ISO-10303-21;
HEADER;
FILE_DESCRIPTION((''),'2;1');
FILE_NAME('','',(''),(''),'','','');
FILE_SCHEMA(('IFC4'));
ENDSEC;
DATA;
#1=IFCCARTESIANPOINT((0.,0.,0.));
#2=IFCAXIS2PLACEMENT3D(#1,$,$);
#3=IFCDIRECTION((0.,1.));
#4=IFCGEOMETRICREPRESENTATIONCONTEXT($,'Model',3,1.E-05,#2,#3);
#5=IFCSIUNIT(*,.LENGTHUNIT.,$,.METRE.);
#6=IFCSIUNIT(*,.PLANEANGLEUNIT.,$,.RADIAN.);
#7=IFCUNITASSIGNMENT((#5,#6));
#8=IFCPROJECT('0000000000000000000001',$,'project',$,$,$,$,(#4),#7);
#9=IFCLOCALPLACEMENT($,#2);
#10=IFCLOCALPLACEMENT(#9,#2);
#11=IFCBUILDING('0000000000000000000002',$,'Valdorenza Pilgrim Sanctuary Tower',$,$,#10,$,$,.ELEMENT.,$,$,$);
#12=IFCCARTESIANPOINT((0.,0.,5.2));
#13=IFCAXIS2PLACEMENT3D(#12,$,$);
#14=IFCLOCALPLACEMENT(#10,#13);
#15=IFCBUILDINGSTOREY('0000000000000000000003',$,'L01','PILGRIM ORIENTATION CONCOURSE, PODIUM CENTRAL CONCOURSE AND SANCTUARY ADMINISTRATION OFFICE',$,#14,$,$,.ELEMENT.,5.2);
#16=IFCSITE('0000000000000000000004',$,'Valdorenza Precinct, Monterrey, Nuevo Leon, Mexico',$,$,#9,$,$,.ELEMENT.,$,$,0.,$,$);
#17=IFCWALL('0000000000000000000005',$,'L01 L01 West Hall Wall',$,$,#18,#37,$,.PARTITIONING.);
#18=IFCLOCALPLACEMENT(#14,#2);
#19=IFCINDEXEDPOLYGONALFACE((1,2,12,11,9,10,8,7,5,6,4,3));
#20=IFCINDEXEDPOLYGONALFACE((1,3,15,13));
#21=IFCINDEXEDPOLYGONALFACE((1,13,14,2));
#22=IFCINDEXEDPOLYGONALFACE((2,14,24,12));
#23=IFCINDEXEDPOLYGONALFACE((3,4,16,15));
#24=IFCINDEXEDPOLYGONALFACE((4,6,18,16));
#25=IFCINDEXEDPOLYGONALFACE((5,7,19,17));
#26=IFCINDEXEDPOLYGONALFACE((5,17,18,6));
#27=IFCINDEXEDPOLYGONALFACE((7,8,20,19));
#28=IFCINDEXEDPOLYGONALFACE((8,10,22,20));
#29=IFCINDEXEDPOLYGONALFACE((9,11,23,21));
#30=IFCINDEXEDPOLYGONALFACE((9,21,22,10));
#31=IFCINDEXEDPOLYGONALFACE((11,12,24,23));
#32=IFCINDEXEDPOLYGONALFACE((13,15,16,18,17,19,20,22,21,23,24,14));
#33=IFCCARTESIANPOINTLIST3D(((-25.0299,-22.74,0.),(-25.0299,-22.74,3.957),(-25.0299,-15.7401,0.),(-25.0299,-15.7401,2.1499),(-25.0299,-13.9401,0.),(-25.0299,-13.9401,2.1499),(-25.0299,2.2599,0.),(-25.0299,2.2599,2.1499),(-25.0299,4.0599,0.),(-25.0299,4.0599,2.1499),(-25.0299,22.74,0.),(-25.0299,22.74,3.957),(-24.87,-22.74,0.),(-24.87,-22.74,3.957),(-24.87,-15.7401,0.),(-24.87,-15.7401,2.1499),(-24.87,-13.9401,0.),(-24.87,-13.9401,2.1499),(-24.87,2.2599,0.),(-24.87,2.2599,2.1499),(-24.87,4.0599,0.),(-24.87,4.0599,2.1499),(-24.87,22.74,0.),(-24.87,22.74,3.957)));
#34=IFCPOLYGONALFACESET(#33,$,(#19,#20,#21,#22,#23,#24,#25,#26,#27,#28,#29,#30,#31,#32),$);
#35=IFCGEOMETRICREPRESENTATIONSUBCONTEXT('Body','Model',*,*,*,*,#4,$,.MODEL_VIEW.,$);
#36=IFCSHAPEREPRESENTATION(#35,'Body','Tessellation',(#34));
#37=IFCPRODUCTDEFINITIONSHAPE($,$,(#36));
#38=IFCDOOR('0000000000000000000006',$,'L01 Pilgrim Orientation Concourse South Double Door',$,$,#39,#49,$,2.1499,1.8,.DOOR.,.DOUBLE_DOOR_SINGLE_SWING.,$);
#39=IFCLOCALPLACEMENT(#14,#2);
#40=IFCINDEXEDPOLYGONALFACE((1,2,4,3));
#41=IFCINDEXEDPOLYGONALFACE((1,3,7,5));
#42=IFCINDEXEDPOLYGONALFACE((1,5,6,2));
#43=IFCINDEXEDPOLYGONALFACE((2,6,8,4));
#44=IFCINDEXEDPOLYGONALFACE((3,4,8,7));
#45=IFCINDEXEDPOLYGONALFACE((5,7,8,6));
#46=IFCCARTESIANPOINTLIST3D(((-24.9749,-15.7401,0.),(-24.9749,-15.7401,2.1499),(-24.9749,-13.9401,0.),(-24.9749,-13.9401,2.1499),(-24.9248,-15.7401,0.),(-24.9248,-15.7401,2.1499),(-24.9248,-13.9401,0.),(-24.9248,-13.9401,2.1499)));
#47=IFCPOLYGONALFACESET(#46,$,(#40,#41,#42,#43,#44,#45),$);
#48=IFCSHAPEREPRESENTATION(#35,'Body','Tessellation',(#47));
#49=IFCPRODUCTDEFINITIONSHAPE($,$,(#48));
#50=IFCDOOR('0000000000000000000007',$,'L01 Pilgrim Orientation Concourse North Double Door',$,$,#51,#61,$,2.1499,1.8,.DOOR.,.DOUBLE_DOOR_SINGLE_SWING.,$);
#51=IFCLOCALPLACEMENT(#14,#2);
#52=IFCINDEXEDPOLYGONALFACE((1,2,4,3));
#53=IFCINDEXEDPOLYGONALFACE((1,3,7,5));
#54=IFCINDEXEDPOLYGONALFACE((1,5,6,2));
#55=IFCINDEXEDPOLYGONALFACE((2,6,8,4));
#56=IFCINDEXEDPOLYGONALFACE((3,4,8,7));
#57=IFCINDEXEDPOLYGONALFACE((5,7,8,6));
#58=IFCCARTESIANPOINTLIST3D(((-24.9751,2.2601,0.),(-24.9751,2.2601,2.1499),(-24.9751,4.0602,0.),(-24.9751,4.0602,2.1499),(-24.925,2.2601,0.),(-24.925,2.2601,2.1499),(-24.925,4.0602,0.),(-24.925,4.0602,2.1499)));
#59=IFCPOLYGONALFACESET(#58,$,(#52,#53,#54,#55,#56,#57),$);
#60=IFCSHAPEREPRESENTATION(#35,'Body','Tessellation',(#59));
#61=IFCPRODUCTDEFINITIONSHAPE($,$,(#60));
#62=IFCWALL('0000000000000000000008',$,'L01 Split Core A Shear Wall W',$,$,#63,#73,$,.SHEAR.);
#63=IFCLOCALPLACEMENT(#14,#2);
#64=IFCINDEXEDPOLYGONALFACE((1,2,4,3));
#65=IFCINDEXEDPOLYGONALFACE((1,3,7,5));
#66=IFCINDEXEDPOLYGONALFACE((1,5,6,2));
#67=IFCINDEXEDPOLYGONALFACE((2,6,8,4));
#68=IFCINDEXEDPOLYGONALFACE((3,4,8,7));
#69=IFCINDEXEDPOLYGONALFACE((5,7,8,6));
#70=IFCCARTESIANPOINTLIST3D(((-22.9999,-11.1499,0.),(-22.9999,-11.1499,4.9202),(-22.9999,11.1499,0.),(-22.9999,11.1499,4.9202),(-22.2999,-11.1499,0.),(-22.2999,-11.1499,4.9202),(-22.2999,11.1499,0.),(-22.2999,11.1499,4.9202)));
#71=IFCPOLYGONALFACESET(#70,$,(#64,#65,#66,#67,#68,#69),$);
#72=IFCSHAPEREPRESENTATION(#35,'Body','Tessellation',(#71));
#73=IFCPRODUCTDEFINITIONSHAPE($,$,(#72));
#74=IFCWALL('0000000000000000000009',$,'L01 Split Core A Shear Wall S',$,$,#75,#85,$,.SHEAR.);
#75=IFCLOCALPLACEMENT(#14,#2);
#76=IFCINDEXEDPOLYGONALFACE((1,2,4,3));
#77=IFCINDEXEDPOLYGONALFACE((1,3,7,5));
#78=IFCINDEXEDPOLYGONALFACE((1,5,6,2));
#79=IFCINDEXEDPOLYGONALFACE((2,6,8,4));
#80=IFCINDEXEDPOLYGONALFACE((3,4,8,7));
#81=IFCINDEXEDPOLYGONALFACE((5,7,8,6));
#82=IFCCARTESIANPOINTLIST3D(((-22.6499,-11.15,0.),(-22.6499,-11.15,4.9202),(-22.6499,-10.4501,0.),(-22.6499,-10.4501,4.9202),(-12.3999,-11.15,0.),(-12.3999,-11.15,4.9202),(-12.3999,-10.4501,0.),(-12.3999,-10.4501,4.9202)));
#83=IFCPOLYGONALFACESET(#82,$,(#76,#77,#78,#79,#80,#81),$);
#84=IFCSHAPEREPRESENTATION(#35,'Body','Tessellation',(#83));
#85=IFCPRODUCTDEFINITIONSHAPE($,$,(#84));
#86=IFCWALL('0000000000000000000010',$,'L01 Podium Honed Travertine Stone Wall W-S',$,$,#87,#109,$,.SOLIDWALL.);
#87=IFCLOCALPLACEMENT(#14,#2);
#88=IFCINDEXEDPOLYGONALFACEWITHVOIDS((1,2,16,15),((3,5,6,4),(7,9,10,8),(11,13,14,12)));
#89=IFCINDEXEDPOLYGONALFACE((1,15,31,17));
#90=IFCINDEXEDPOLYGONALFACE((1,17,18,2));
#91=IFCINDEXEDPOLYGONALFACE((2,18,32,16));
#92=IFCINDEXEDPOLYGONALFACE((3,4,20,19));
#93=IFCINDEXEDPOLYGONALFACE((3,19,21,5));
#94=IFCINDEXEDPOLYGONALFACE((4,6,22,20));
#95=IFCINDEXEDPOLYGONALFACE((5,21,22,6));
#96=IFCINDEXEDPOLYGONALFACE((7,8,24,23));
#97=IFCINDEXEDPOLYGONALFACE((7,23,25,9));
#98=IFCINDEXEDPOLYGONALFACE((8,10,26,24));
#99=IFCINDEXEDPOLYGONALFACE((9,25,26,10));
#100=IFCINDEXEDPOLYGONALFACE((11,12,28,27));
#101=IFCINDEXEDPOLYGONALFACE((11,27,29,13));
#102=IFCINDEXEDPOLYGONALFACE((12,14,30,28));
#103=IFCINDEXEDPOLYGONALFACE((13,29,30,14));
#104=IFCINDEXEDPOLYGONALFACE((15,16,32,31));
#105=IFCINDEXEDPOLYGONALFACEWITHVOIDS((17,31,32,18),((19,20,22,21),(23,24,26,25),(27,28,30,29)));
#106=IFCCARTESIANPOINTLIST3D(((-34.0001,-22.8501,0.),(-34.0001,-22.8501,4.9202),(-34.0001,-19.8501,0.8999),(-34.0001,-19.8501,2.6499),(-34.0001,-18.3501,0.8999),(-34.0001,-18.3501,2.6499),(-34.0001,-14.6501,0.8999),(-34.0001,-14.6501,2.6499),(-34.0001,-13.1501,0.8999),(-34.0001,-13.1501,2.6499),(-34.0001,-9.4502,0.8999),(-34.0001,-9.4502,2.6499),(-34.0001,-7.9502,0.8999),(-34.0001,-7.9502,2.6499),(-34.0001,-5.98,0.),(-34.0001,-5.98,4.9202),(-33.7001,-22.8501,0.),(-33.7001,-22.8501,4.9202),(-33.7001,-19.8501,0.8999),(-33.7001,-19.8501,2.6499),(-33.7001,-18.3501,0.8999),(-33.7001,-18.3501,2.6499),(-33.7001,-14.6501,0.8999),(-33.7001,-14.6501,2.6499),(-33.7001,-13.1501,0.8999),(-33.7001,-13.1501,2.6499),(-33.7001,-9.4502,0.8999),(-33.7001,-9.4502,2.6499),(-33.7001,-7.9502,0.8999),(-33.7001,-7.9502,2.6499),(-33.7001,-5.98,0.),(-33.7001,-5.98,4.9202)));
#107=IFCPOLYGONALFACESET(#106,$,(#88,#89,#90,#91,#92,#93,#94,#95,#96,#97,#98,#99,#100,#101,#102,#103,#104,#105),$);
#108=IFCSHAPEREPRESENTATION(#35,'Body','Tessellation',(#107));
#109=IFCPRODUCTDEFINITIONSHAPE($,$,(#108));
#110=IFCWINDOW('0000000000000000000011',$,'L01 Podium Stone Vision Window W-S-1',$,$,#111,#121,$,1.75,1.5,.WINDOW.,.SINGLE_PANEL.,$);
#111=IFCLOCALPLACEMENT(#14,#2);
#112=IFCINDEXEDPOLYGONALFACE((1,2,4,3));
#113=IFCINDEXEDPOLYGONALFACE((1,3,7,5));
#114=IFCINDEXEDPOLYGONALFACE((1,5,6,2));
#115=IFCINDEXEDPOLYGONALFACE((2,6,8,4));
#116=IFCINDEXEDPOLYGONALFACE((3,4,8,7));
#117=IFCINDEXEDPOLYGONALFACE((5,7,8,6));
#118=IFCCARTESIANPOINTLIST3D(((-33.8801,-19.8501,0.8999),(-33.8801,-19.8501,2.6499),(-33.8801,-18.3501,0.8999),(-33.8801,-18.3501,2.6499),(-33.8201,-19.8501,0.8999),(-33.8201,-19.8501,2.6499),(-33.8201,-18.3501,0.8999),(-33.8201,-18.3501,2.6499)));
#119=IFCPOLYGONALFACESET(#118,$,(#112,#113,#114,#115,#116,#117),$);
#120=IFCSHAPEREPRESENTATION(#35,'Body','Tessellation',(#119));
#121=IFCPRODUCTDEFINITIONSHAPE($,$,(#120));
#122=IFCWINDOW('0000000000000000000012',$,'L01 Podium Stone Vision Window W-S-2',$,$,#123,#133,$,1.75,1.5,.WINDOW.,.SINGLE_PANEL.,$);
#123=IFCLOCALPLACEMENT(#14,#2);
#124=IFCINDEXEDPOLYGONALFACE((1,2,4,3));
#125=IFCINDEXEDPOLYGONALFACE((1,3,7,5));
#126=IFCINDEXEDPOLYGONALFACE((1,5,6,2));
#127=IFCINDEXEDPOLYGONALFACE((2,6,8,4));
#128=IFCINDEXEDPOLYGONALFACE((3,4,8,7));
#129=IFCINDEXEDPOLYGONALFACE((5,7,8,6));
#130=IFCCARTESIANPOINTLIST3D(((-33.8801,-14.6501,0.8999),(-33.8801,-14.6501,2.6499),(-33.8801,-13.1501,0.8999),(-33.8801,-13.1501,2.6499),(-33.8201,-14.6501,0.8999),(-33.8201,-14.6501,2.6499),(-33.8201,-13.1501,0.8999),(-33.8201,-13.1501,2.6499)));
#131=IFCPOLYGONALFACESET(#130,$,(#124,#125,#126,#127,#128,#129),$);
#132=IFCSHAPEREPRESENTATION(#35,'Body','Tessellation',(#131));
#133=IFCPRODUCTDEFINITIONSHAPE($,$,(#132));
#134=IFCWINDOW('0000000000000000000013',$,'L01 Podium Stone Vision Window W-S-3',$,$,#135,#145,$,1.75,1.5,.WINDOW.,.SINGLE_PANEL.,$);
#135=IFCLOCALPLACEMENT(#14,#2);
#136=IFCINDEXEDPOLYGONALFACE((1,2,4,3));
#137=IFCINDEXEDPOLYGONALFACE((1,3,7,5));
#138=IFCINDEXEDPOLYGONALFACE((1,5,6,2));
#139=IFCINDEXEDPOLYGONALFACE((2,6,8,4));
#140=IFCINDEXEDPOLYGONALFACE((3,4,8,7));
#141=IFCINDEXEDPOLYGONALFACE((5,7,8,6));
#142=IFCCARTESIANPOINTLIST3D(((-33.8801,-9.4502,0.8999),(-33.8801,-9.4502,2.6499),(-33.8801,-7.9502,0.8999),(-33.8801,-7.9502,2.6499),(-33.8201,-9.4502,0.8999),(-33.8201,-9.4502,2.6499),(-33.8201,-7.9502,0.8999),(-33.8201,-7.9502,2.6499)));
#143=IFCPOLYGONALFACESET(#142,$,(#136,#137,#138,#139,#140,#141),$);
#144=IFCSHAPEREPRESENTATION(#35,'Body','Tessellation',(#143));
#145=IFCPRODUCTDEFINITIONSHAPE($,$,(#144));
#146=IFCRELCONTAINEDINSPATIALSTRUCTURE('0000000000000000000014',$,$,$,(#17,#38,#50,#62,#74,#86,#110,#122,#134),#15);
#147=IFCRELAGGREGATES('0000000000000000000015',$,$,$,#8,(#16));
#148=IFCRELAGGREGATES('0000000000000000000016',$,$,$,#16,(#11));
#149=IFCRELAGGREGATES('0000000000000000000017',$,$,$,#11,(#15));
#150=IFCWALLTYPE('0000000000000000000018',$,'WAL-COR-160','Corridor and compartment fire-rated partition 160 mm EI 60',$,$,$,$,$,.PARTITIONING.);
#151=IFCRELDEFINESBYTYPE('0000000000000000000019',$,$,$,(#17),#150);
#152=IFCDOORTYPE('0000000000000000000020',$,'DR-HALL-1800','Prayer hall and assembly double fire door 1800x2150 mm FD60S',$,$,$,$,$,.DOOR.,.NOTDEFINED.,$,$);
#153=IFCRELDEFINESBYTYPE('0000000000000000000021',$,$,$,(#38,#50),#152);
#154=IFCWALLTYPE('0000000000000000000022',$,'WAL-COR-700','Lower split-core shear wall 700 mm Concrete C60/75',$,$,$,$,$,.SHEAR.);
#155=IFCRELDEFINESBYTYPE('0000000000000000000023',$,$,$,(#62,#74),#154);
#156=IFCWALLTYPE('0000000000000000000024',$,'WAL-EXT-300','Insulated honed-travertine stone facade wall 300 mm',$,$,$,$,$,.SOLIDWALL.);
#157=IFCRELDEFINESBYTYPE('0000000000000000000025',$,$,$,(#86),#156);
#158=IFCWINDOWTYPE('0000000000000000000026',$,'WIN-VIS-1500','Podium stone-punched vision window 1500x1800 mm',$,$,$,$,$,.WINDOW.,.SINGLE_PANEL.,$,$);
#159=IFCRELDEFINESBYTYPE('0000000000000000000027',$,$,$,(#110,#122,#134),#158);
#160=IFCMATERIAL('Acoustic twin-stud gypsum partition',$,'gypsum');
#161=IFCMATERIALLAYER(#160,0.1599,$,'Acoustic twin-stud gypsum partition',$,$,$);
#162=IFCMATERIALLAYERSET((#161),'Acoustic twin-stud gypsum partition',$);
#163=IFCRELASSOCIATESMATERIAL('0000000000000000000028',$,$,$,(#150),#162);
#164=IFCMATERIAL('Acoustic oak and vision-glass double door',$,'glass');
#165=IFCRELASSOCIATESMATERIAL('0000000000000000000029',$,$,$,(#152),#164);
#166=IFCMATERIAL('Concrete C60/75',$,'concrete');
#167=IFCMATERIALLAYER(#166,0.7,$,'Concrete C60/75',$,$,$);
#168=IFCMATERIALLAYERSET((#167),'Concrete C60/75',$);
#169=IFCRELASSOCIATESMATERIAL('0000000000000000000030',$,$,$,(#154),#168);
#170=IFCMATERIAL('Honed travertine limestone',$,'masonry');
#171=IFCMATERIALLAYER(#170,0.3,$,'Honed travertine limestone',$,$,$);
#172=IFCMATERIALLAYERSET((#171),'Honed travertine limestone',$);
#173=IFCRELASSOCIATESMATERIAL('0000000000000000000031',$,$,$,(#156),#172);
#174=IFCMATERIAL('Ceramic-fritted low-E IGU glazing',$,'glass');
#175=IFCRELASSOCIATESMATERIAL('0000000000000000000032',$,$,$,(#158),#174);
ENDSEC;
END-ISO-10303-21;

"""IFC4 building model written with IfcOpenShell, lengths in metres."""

from ifc_helpers import new_model, si_unit, direction, frame, frame_2d, origin, place, context, subcontext, project, spatial, rectangle, extrude, material, layer, layer_set, type_object, element, fill, save


model = new_model("IFC4")

# Units and contexts
model_context = context("Model", 3, precision=1e-05, world=origin(), true_north=direction((0.0, 1.0)))
body_context = subcontext(model_context, "Body", "Model", "MODEL_VIEW")
ifc_project = project(units=[si_unit("LENGTHUNIT", "METRE"), si_unit("PLANEANGLEUNIT", "RADIAN")], contexts=[model_context])

# Site, building, storey
site_placement = place(None, origin())
site = spatial("IfcSite", under=ifc_project, at=site_placement, Name="Valdorenza Precinct, Monterrey, Nuevo Leon, Mexico", CompositionType="ELEMENT", RefElevation=0.0)
building_placement = place(site_placement, origin())
building = spatial("IfcBuilding", under=site, at=building_placement, Name="Valdorenza Pilgrim Sanctuary Tower", CompositionType="ELEMENT")
storey_placement = place(building_placement, frame((0.0, 0.0, 5.2)))
storey = spatial("IfcBuildingStorey", under=building, at=storey_placement, Name="L01", Description="PILGRIM ORIENTATION CONCOURSE, PODIUM CENTRAL CONCOURSE AND SANCTUARY ADMINISTRATION OFFICE", CompositionType="ELEMENT", Elevation=5.2)

# Shared definitions
ifc_material_1 = material(Name="Concrete C60/75", Category="concrete")

# Wall, openings, doors
ifc_material_2 = material(Name="Acoustic twin-stud gypsum partition", Category="gypsum")
ifc_layer_1 = layer(ifc_material_2, 0.1599, Name="Acoustic twin-stud gypsum partition")
ifc_layer_set_1 = layer_set([ifc_layer_1], Name="Acoustic twin-stud gypsum partition")
wall_type_1 = type_object("IfcWallType", Name="WAL-COR-160", Description="Corridor and compartment fire-rated partition 160 mm EI 60", PredefinedType="PARTITIONING", material=ifc_layer_set_1)
wall_1_placement = place(storey_placement, frame((-24.95, -22.74, 0.0), z_axis=(0.0, 0.0, 1.0), x_axis=(0.0, 1.0, 0.0)))
wall_1 = element("IfcWall", 1, at=wall_1_placement, inside=storey, type_object=wall_type_1, Name="L01 L01 West Hall Wall", PredefinedType="PARTITIONING", context=body_context, shape_type="SweptSolid", body=[
    extrude(rectangle(XDim=45.48, YDim=0.1599, at=frame_2d((22.74, 0.0))), origin(), (0.0, 0.0, 1.0), 3.957),
])
opening_1_placement = place(wall_1_placement, frame((7.0, 0.0, 0.0)))
opening_1 = element("IfcOpeningElement", 2, at=opening_1_placement, cuts=wall_1, PredefinedType="OPENING", context=body_context, shape_type="SweptSolid", body=[
    extrude(rectangle(XDim=1.8, YDim=2.1499, at=frame_2d((0.8999, 1.075))), frame((0.0, 0.0947, 0.0), z_axis=(0.0, -1.0, 0.0), x_axis=(1.0, 0.0, 0.0)), (0.0, 0.0, 1.0), 0.1897),
])
opening_2_placement = place(wall_1_placement, frame((25.0, 0.0, 0.0)))
opening_2 = element("IfcOpeningElement", 3, at=opening_2_placement, cuts=wall_1, PredefinedType="OPENING", context=body_context, shape_type="SweptSolid", body=[
    extrude(rectangle(XDim=1.8, YDim=2.1499, at=frame_2d((0.8999, 1.075))), frame((0.0, 0.0947, 0.0), z_axis=(0.0, -1.0, 0.0), x_axis=(1.0, 0.0, 0.0)), (0.0, 0.0, 1.0), 0.1897),
])
ifc_material_3 = material(Name="Acoustic oak and vision-glass double door", Category="glass")
door_type = type_object("IfcDoorType", Name="DR-HALL-1800", Description="Prayer hall and assembly double fire door 1800x2150 mm FD60S", OperationType="NOTDEFINED", PredefinedType="DOOR", material=ifc_material_3)
door_1_placement = place(opening_1_placement, origin())
door_1 = element("IfcDoor", 4, at=door_1_placement, inside=storey, type_object=door_type, Name="L01 Pilgrim Orientation Concourse South Double Door", OperationType="DOUBLE_DOOR_SINGLE_SWING", OverallHeight=2.1499, OverallWidth=1.8, PredefinedType="DOOR", context=body_context, shape_type="SweptSolid", body=[
    extrude(rectangle(XDim=1.8, YDim=2.1499, at=frame_2d((0.8999, 1.075))), frame((0.0, 0.0249, 0.0), z_axis=(0.0, -1.0, 0.0), x_axis=(1.0, 0.0, 0.0)), (0.0, 0.0, 1.0), 0.05),
])
fill(opening_1, door_1)
door_2_placement = place(opening_2_placement, frame((1.8, 0.0, 0.0), z_axis=(0.0, 0.0, 1.0), x_axis=(-1.0, 0.0, 0.0)))
door_2 = element("IfcDoor", 5, at=door_2_placement, inside=storey, type_object=door_type, Name="L01 Pilgrim Orientation Concourse North Double Door", OperationType="DOUBLE_DOOR_SINGLE_SWING", OverallHeight=2.1499, OverallWidth=1.8, PredefinedType="DOOR", context=body_context, shape_type="SweptSolid", body=[
    extrude(rectangle(XDim=1.8, YDim=2.1499, at=frame_2d((0.8999, 1.075))), frame((0.0, 0.0249, 0.0), z_axis=(0.0, -1.0, 0.0), x_axis=(1.0, 0.0, 0.0)), (0.0, 0.0, 1.0), 0.05),
])
fill(opening_2, door_2)

# Walls
ifc_layer_2 = layer(ifc_material_1, 0.7, Name="Concrete C60/75")
ifc_layer_set_2 = layer_set([ifc_layer_2], Name="Concrete C60/75")
wall_type_2 = type_object("IfcWallType", Name="WAL-COR-700", Description="Lower split-core shear wall 700 mm Concrete C60/75", PredefinedType="SHEAR", material=ifc_layer_set_2)
wall_2_placement = place(storey_placement, frame((-22.6499, -11.1499, 0.0), z_axis=(0.0, 0.0, 1.0), x_axis=(0.0, 1.0, 0.0)))
element("IfcWall", 6, at=wall_2_placement, inside=storey, type_object=wall_type_2, Name="L01 Split Core A Shear Wall W", PredefinedType="SHEAR", context=body_context, shape_type="SweptSolid", body=[
    extrude(rectangle(XDim=22.2998, YDim=0.7, at=frame_2d((11.1499, 0.0))), origin(), (0.0, 0.0, 1.0), 4.9202),
])
wall_3_placement = place(storey_placement, frame((-22.6499, -10.8, 0.0), z_axis=(0.0, 0.0, 1.0), x_axis=(1.0, 0.0, 0.0)))
element("IfcWall", 7, at=wall_3_placement, inside=storey, type_object=wall_type_2, Name="L01 Split Core A Shear Wall S", PredefinedType="SHEAR", context=body_context, shape_type="SweptSolid", body=[
    extrude(rectangle(XDim=10.25, YDim=0.7, at=frame_2d((5.125, 0.0))), origin(), (0.0, 0.0, 1.0), 4.9202),
])

# Wall, openings, windows
ifc_material_4 = material(Name="Honed travertine limestone", Category="masonry")
ifc_layer_3 = layer(ifc_material_4, 0.3, Name="Honed travertine limestone")
ifc_layer_set_3 = layer_set([ifc_layer_3], Name="Honed travertine limestone")
wall_type_3 = type_object("IfcWallType", Name="WAL-EXT-300", Description="Insulated honed-travertine stone facade wall 300 mm", PredefinedType="SOLIDWALL", material=ifc_layer_set_3)
wall_4_placement = place(storey_placement, frame((-33.8501, -22.8501, 0.0), z_axis=(0.0, 0.0, 1.0), x_axis=(0.0, 1.0, 0.0)))
wall_4 = element("IfcWall", 8, at=wall_4_placement, inside=storey, type_object=wall_type_3, Name="L01 Podium Honed Travertine Stone Wall W-S", PredefinedType="SOLIDWALL", context=body_context, shape_type="SweptSolid", body=[
    extrude(rectangle(XDim=16.8701, YDim=0.3, at=frame_2d((8.4351, 0.0))), origin(), (0.0, 0.0, 1.0), 4.9202),
])
opening_3_placement = place(wall_4_placement, frame((3.0, 0.0, 0.8999)))
opening_3 = element("IfcOpeningElement", 9, at=opening_3_placement, cuts=wall_4, PredefinedType="OPENING", context=body_context, shape_type="SweptSolid", body=[
    extrude(rectangle(XDim=1.5, YDim=1.75, at=frame_2d((0.75, 0.875))), frame((0.0, 0.165, 0.0), z_axis=(0.0, -1.0, 0.0), x_axis=(1.0, 0.0, 0.0)), (0.0, 0.0, 1.0), 0.3298),
])
opening_4_placement = place(wall_4_placement, frame((8.2, 0.0, 0.8999)))
opening_4 = element("IfcOpeningElement", 10, at=opening_4_placement, cuts=wall_4, PredefinedType="OPENING", context=body_context, shape_type="SweptSolid", body=[
    extrude(rectangle(XDim=1.5, YDim=1.75, at=frame_2d((0.75, 0.875))), frame((0.0, 0.165, 0.0), z_axis=(0.0, -1.0, 0.0), x_axis=(1.0, 0.0, 0.0)), (0.0, 0.0, 1.0), 0.3298),
])
opening_5_placement = place(wall_4_placement, frame((13.3999, 0.0, 0.8999)))
opening_5 = element("IfcOpeningElement", 11, at=opening_5_placement, cuts=wall_4, PredefinedType="OPENING", context=body_context, shape_type="SweptSolid", body=[
    extrude(rectangle(XDim=1.5, YDim=1.75, at=frame_2d((0.75, 0.875))), frame((0.0, 0.165, 0.0), z_axis=(0.0, -1.0, 0.0), x_axis=(1.0, 0.0, 0.0)), (0.0, 0.0, 1.0), 0.3298),
])
ifc_material_5 = material(Name="Ceramic-fritted low-E IGU glazing", Category="glass")
window_type = type_object("IfcWindowType", Name="WIN-VIS-1500", Description="Podium stone-punched vision window 1500x1800 mm", PartitioningType="SINGLE_PANEL", PredefinedType="WINDOW", material=ifc_material_5)
window_1_placement = place(opening_3_placement, origin())
window_1 = element("IfcWindow", 12, at=window_1_placement, inside=storey, type_object=window_type, Name="L01 Podium Stone Vision Window W-S-1", OverallHeight=1.75, OverallWidth=1.5, PartitioningType="SINGLE_PANEL", PredefinedType="WINDOW", context=body_context, shape_type="SweptSolid", body=[
    extrude(rectangle(XDim=1.5, YDim=1.75, at=frame_2d((0.75, 0.875))), frame((0.0, 0.03, 0.0), z_axis=(0.0, -1.0, 0.0), x_axis=(1.0, 0.0, 0.0)), (0.0, 0.0, 1.0), 0.0601),
])
fill(opening_3, window_1)
window_2_placement = place(opening_4_placement, origin())
window_2 = element("IfcWindow", 13, at=window_2_placement, inside=storey, type_object=window_type, Name="L01 Podium Stone Vision Window W-S-2", OverallHeight=1.75, OverallWidth=1.5, PartitioningType="SINGLE_PANEL", PredefinedType="WINDOW", context=body_context, shape_type="SweptSolid", body=[
    extrude(rectangle(XDim=1.5, YDim=1.75, at=frame_2d((0.75, 0.875))), frame((0.0, 0.03, 0.0), z_axis=(0.0, -1.0, 0.0), x_axis=(1.0, 0.0, 0.0)), (0.0, 0.0, 1.0), 0.0601),
])
fill(opening_4, window_2)
window_3_placement = place(opening_5_placement, origin())
window_3 = element("IfcWindow", 14, at=window_3_placement, inside=storey, type_object=window_type, Name="L01 Podium Stone Vision Window W-S-3", OverallHeight=1.75, OverallWidth=1.5, PartitioningType="SINGLE_PANEL", PredefinedType="WINDOW", context=body_context, shape_type="SweptSolid", body=[
    extrude(rectangle(XDim=1.5, YDim=1.75, at=frame_2d((0.75, 0.875))), frame((0.0, 0.03, 0.0), z_axis=(0.0, -1.0, 0.0), x_axis=(1.0, 0.0, 0.0)), (0.0, 0.0, 1.0), 0.0601),
])
fill(opening_5, window_3)

save(model, "model.ifc")
